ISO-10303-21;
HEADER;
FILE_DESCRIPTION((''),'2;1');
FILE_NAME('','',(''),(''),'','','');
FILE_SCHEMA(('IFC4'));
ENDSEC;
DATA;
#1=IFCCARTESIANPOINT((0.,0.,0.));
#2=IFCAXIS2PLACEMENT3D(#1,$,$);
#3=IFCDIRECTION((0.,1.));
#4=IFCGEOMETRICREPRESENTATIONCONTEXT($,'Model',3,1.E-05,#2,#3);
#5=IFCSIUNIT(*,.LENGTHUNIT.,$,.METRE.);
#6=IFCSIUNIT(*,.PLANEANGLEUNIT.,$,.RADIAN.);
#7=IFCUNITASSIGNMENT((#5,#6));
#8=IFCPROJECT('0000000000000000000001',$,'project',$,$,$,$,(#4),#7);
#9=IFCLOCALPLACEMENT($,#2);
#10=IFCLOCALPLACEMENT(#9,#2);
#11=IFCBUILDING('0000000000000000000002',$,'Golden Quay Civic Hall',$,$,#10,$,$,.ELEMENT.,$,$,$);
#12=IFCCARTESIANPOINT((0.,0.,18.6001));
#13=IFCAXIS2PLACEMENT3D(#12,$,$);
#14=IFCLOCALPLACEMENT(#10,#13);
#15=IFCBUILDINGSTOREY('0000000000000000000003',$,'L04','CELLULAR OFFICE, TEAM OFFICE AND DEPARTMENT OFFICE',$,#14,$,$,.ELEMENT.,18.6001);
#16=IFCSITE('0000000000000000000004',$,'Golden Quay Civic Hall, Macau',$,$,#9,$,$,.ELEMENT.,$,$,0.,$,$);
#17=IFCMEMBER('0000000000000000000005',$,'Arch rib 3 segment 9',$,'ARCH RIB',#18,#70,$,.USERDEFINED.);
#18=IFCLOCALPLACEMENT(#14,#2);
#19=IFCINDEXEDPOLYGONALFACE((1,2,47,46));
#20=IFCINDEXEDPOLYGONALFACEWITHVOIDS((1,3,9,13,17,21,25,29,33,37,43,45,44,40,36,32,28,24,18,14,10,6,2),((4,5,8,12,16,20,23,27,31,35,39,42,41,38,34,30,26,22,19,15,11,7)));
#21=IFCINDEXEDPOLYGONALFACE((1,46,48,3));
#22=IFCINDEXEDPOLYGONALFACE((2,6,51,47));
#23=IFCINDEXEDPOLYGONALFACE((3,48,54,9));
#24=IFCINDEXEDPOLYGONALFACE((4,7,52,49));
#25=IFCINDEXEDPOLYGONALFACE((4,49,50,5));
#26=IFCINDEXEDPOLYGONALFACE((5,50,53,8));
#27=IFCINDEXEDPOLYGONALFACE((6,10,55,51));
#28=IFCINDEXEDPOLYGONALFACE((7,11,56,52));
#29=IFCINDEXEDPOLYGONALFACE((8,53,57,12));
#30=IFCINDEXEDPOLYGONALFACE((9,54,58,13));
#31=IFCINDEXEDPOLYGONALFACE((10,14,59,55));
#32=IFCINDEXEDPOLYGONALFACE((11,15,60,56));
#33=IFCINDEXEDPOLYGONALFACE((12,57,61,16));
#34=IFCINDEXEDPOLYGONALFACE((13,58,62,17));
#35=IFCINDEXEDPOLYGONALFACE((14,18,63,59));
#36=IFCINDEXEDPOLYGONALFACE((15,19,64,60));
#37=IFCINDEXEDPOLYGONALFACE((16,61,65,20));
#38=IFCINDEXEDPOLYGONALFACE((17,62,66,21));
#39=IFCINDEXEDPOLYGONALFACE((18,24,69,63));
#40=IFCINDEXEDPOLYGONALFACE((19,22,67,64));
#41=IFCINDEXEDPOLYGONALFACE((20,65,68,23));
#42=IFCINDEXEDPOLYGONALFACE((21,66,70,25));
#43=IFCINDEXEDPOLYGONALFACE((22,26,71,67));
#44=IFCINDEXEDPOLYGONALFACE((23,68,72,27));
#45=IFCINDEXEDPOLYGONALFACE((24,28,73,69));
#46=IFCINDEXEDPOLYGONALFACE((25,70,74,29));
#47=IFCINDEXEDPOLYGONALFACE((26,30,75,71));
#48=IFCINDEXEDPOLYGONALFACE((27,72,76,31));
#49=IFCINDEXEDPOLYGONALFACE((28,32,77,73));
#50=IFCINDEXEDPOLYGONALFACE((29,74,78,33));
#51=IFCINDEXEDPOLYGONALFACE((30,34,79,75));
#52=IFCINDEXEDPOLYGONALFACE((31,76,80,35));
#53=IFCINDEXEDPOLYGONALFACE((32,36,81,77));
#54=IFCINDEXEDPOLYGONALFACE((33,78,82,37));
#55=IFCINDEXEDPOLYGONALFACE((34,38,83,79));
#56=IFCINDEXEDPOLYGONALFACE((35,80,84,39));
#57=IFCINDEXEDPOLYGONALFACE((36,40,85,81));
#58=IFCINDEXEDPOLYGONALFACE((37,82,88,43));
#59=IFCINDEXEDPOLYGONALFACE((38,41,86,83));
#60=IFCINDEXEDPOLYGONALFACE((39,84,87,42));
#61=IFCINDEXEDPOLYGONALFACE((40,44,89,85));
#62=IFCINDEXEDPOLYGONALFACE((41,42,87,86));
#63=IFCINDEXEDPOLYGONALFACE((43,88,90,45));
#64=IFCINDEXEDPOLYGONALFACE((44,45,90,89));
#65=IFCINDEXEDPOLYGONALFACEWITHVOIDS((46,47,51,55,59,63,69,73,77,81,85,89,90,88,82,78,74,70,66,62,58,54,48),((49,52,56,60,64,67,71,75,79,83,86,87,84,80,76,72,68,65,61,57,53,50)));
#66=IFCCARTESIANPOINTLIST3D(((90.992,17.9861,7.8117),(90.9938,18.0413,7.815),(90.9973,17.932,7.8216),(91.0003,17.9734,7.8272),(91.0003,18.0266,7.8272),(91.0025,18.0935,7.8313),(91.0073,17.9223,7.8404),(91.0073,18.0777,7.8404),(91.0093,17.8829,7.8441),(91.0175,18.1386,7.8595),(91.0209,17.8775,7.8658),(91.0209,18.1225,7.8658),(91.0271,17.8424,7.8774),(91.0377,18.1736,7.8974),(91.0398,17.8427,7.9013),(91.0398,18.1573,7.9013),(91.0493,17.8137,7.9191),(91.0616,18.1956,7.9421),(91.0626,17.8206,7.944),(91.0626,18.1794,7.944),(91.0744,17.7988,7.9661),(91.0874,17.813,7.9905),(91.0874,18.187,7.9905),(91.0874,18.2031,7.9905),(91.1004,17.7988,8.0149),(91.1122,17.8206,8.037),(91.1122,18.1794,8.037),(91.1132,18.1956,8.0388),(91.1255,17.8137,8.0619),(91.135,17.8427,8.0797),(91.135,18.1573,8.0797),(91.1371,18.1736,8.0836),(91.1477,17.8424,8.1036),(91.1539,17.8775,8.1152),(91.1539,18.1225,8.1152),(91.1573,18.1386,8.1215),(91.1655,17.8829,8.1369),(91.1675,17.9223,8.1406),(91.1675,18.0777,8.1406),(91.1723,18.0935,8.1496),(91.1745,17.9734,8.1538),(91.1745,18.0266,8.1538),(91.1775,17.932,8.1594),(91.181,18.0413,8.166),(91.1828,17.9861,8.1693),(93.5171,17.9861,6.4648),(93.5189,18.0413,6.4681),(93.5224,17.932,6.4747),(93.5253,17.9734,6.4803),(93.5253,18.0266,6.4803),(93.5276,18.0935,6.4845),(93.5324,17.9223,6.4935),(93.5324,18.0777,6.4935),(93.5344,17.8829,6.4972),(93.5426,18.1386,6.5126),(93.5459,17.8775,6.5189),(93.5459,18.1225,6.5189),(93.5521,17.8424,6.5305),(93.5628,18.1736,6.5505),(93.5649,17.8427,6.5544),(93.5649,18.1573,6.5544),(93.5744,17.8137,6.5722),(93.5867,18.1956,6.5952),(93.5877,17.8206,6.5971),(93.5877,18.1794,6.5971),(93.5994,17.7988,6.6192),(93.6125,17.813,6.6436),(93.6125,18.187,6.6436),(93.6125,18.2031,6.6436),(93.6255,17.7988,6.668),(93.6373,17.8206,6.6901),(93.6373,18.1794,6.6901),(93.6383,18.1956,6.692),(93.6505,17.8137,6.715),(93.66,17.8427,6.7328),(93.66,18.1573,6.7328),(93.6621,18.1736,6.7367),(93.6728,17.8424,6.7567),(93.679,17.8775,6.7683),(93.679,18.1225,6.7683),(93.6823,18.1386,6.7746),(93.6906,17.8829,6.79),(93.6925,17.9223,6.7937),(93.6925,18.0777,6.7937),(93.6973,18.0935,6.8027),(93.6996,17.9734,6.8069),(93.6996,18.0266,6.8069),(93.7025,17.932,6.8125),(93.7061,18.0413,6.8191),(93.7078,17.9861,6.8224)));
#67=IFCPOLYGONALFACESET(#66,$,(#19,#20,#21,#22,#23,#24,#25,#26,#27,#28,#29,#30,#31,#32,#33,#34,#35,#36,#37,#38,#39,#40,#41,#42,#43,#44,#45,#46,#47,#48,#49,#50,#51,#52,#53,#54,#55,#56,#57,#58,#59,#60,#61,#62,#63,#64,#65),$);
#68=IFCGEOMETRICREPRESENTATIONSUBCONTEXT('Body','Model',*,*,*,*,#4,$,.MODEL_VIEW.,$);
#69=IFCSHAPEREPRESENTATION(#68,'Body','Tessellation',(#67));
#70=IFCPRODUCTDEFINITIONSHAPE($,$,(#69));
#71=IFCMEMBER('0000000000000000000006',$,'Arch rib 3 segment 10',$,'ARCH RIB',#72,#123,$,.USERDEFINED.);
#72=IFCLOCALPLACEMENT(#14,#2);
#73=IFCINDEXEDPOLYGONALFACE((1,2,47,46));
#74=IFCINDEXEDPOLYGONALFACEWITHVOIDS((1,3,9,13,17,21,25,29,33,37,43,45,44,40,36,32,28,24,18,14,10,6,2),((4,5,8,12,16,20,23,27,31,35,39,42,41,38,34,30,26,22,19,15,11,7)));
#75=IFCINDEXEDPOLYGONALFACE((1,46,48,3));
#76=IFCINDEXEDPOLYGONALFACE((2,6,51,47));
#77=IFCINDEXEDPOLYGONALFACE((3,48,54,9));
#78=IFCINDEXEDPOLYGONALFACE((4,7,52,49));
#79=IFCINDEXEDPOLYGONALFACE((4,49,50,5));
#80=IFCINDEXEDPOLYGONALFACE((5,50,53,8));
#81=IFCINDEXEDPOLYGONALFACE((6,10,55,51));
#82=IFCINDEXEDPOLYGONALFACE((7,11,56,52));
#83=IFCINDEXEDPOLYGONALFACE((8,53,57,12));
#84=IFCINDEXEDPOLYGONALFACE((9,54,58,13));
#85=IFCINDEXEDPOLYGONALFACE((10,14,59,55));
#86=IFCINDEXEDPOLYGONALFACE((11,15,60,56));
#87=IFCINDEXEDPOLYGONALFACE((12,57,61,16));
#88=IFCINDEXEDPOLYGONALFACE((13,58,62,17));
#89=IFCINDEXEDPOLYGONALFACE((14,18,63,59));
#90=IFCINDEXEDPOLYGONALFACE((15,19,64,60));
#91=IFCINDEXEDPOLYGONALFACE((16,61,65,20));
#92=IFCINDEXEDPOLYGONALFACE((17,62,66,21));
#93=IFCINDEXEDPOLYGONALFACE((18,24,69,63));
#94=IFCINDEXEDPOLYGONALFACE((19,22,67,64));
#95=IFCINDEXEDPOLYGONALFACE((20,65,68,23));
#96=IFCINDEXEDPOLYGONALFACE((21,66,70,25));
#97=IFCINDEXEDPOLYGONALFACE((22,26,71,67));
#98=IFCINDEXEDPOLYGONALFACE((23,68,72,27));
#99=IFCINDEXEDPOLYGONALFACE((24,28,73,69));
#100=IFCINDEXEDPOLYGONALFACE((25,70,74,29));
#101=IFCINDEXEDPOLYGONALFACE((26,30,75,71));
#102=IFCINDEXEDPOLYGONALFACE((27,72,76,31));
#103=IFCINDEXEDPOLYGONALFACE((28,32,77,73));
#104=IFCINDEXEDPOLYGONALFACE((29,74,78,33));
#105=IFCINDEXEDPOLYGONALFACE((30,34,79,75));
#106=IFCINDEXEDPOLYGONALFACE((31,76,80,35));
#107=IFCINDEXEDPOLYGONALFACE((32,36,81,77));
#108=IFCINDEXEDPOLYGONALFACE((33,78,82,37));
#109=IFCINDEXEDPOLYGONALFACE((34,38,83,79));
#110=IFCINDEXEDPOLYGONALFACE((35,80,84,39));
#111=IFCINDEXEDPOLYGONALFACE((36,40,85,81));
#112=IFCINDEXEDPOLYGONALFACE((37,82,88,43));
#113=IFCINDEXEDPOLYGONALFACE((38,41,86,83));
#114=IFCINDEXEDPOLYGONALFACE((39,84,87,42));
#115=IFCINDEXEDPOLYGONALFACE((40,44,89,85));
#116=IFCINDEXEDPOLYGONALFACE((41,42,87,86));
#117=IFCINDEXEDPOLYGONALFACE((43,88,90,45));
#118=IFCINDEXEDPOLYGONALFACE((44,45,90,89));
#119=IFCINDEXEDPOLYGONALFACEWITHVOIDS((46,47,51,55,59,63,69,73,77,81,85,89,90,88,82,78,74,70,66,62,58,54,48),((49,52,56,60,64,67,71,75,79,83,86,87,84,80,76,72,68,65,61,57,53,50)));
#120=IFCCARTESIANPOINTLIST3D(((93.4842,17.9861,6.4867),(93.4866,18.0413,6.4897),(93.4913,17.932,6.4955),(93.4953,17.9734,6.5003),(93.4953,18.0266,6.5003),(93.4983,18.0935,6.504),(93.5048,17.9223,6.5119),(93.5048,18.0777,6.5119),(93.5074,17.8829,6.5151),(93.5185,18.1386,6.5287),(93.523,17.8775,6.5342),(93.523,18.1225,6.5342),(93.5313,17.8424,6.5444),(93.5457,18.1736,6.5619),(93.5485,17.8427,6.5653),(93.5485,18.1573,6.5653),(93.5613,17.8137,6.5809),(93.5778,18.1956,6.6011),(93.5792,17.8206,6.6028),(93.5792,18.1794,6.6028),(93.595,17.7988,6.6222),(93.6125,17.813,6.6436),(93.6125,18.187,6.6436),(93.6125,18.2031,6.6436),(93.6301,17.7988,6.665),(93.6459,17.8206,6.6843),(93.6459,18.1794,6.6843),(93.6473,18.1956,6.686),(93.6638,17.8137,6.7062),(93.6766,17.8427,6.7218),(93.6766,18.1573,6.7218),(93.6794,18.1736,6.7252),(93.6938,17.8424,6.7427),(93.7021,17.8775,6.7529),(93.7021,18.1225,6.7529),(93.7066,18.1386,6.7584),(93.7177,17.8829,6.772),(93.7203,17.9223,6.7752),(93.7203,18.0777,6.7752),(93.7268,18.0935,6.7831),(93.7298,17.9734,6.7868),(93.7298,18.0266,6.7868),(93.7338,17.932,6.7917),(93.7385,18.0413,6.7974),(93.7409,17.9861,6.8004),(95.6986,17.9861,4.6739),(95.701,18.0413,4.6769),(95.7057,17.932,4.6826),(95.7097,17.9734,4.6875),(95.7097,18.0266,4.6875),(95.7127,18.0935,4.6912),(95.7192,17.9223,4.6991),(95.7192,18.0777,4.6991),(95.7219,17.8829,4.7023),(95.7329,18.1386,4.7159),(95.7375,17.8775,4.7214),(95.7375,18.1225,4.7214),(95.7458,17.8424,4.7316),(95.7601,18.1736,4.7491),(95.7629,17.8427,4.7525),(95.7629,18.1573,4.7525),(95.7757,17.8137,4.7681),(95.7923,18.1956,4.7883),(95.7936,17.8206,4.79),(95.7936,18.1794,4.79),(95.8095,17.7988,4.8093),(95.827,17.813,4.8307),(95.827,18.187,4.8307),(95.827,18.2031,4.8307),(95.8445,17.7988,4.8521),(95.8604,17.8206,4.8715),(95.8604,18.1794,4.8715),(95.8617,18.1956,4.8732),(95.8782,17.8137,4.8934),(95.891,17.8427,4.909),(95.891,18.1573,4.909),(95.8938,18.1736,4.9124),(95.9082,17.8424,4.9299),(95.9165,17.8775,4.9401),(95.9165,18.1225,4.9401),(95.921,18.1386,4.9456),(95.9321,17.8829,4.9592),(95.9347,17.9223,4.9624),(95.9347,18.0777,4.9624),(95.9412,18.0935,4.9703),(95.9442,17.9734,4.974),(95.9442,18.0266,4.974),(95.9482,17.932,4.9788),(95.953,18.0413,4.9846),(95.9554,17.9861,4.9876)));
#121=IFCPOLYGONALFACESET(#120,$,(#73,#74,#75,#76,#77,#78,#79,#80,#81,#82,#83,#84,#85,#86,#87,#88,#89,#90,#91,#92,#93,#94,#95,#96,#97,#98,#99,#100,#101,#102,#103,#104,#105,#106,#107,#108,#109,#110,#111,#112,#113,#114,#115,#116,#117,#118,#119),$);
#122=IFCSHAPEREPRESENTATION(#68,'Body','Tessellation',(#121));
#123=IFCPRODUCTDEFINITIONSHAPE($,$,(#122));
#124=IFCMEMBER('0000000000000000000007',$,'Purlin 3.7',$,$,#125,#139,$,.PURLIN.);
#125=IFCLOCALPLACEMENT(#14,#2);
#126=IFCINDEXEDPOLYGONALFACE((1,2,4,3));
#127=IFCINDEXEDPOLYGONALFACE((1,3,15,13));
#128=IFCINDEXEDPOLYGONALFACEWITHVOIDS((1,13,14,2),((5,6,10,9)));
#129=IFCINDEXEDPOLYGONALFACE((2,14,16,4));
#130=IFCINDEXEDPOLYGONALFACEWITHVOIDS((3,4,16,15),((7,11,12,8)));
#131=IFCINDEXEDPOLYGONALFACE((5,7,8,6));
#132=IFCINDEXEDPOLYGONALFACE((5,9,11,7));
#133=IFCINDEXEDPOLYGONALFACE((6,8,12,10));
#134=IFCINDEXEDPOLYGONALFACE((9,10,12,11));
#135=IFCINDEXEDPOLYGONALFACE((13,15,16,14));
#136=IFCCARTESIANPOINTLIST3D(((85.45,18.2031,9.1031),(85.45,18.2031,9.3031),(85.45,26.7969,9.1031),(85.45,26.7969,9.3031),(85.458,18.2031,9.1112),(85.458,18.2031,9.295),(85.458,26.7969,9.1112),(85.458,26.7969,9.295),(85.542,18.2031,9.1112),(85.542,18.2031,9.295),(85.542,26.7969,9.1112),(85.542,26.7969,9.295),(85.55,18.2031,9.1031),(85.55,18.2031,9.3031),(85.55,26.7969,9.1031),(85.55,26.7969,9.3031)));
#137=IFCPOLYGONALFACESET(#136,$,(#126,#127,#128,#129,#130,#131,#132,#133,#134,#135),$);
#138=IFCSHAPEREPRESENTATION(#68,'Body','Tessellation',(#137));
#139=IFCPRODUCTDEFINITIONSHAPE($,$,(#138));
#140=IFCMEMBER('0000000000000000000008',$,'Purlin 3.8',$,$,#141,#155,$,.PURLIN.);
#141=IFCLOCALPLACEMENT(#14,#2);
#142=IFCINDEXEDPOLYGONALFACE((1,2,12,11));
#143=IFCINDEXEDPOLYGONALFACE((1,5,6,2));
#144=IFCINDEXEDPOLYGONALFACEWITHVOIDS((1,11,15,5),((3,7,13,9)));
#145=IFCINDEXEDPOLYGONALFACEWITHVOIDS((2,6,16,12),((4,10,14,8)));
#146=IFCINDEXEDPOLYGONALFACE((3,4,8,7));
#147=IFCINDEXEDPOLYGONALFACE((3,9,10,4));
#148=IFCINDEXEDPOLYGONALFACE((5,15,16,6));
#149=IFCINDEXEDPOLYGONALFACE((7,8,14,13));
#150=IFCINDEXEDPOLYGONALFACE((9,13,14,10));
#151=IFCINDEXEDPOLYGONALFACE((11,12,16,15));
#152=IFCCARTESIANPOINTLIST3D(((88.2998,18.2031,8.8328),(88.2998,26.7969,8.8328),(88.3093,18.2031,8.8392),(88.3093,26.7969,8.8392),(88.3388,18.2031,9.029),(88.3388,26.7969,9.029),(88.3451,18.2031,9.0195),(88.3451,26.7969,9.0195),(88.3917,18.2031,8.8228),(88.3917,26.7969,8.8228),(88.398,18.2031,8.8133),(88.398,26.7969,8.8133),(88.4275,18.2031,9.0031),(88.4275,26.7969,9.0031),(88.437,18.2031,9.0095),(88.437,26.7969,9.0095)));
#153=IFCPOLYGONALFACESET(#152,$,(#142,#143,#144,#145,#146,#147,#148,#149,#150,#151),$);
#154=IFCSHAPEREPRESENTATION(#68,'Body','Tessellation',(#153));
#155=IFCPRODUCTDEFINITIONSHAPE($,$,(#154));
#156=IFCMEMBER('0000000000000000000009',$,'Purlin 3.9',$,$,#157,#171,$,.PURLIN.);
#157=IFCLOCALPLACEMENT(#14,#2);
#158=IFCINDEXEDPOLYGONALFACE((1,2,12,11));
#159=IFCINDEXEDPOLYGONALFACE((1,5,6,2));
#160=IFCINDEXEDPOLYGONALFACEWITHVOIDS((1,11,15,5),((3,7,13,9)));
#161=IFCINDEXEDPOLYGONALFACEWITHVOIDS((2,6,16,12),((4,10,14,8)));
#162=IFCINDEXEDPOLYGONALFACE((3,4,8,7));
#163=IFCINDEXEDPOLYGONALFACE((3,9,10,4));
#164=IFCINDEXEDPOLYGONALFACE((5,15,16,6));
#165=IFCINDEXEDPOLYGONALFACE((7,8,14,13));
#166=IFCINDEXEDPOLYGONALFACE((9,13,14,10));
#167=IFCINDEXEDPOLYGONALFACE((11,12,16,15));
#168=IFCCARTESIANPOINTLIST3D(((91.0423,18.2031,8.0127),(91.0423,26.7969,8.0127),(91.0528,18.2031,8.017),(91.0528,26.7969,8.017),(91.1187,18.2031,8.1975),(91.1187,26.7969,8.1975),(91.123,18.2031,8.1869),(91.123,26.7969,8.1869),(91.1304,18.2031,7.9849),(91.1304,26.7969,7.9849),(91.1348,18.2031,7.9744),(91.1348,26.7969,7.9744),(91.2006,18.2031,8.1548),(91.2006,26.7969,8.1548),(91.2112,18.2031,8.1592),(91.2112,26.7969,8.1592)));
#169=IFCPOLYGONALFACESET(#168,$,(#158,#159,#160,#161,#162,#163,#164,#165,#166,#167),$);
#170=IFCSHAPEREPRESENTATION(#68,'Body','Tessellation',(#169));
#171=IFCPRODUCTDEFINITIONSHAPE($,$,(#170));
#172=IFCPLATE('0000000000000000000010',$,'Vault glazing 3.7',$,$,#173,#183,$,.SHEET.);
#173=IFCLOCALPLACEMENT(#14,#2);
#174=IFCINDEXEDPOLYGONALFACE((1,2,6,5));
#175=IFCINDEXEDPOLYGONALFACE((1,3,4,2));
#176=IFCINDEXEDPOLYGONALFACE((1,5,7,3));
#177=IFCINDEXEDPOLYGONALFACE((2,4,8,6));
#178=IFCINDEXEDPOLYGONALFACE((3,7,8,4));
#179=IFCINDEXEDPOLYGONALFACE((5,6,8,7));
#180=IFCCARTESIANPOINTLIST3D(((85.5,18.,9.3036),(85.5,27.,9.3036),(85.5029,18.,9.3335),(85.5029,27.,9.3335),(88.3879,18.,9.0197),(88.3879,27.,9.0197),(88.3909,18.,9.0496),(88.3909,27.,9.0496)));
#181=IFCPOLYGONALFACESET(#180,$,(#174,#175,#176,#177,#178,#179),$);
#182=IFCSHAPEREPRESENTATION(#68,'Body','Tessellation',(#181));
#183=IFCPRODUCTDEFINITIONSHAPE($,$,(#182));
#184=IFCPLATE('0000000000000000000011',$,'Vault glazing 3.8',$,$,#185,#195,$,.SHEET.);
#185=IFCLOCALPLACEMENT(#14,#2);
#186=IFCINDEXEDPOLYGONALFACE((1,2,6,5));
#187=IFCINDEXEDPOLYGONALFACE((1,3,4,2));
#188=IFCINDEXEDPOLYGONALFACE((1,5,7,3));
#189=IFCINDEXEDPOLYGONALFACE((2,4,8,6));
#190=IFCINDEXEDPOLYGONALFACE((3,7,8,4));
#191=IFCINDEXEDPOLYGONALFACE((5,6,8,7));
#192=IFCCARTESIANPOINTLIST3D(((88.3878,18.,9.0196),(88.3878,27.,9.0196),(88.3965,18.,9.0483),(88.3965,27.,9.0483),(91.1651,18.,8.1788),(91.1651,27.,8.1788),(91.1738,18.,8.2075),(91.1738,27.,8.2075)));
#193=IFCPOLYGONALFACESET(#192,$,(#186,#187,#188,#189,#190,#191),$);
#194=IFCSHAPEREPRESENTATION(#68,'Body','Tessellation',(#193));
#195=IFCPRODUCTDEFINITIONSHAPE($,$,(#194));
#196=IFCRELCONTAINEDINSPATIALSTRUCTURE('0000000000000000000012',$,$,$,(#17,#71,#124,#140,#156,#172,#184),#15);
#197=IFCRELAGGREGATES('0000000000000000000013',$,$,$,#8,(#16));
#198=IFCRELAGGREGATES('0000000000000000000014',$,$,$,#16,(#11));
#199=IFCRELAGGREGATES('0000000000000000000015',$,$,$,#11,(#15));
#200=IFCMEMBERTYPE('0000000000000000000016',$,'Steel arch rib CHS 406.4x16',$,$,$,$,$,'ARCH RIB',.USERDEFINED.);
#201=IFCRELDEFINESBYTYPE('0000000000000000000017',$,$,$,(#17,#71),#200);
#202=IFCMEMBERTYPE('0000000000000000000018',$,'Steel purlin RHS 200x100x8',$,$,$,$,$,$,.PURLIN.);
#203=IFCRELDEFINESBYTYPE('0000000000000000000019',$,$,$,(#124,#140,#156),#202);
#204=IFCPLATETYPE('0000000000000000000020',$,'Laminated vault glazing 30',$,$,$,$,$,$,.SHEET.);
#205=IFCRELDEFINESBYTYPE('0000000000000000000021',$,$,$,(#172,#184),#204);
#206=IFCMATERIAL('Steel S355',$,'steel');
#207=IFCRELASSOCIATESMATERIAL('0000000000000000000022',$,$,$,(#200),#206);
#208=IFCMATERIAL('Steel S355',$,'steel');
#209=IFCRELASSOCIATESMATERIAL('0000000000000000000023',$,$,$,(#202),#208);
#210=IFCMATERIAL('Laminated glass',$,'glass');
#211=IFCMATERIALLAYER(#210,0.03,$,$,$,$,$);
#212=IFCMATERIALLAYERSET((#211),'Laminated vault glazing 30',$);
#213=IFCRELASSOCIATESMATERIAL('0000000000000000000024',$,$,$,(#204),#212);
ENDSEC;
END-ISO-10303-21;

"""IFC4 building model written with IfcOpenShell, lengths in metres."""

from ifc_helpers import new_model, si_unit, direction, frame, origin, origin_2d, place, context, subcontext, project, spatial, polyline, hollow_rectangle, hollow_circle, outline, extrude, material, layer, layer_set, material_profile, profile_set, type_object, element, save


model = new_model("IFC4")

# Units and contexts
model_context = context("Model", 3, precision=1e-05, world=origin(), true_north=direction((0.0, 1.0)))
body_context = subcontext(model_context, "Body", "Model", "MODEL_VIEW")
ifc_project = project(units=[si_unit("LENGTHUNIT", "METRE"), si_unit("PLANEANGLEUNIT", "RADIAN")], contexts=[model_context])

# Site, building, storey
site_placement = place(None, origin())
site = spatial("IfcSite", under=ifc_project, at=site_placement, Name="Golden Quay Civic Hall, Macau", CompositionType="ELEMENT", RefElevation=0.0)
building_placement = place(site_placement, origin())
building = spatial("IfcBuilding", under=site, at=building_placement, Name="Golden Quay Civic Hall", CompositionType="ELEMENT")
storey_placement = place(building_placement, frame((0.0, 0.0, 18.6001)))
storey = spatial("IfcBuildingStorey", under=building, at=storey_placement, Name="L04", Description="CELLULAR OFFICE, TEAM OFFICE AND DEPARTMENT OFFICE", CompositionType="ELEMENT", Elevation=18.6001)

# Members
ifc_material_1 = material(Name="Steel S355", Category="steel")
ifc_material_profile_1 = material_profile(ifc_material_1, hollow_circle(Radius=0.2031, WallThickness=0.0161, at=origin_2d()), Name="CHS 406.4x16")
ifc_profile_set_1 = profile_set([ifc_material_profile_1], Name="Steel S355")
member_type_1 = type_object("IfcMemberType", Name="Steel arch rib CHS 406.4x16", ElementType="ARCH RIB", PredefinedType="USERDEFINED", material=ifc_profile_set_1)
for number, where, z_axis, x_axis, name in (
    (1, (91.0874, 18.0, 7.9905), (0.882327, 0.0, -0.470637), (0.0, 1.0, 0.0), "Arch rib 3 segment 9"),
    (2, (93.6125, 18.0, 6.6436), (0.773786, 0.0, -0.633447), (0.0, 1.0, 0.0), "Arch rib 3 segment 10"),
):
    element("IfcMember", number, at=place(storey_placement, frame(where, z_axis=z_axis, x_axis=x_axis)), inside=storey, type_object=member_type_1, Name=name, ObjectType="ARCH RIB", PredefinedType="USERDEFINED", context=body_context, shape_type="SweptSolid", body=[
        extrude(hollow_circle(Radius=0.2031, WallThickness=0.0161, at=origin_2d()), origin(), (0.0, 0.0, 1.0), 2.8618),
    ])
ifc_material_2 = material(Name="Steel S355", Category="steel")
ifc_material_profile_2 = material_profile(ifc_material_2, hollow_rectangle(XDim=0.1001, YDim=0.2, WallThickness=0.0081, at=origin_2d()), Name="RHS 200x100x8")
ifc_profile_set_2 = profile_set([ifc_material_profile_2], Name="Steel S355")
member_type_2 = type_object("IfcMemberType", Name="Steel purlin RHS 200x100x8", PredefinedType="PURLIN", material=ifc_profile_set_2)
for number, where, z_axis, x_axis, name in (
    (3, (85.5, 18.2031, 9.2031), (0.0, 1.0, 0.0), (-1.0, 0.0, 0.0), "Purlin 3.7"),
    (4, (88.3684, 18.2031, 8.9211), (0.0, 1.0, 0.0), (-0.980853, 0.0, 0.194748), "Purlin 3.8"),
    (5, (91.1267, 18.2031, 8.0859), (0.0, 1.0, 0.0), (-0.924146, 0.0, 0.382039), "Purlin 3.9"),
):
    element("IfcMember", number, at=place(storey_placement, frame(where, z_axis=z_axis, x_axis=x_axis)), inside=storey, type_object=member_type_2, Name=name, PredefinedType="PURLIN", context=body_context, shape_type="SweptSolid", body=[
        extrude(hollow_rectangle(XDim=0.1001, YDim=0.2, WallThickness=0.0081, at=origin_2d()), origin(), (0.0, 0.0, 1.0), 8.5938),
    ])

# Plates
ifc_material_3 = material(Name="Laminated glass", Category="glass")
ifc_layer = layer(ifc_material_3, 0.03)
ifc_layer_set = layer_set([ifc_layer], Name="Laminated vault glazing 30")
plate_type = type_object("IfcPlateType", Name="Laminated vault glazing 30", PredefinedType="SHEET", material=ifc_layer_set)
plate_1_placement = place(storey_placement, frame((85.5029, 18.0, 9.3335), z_axis=(0.097846, 0.0, 0.995202), x_axis=(0.995202, 0.0, -0.097846)))
element("IfcPlate", 6, at=plate_1_placement, inside=storey, type_object=plate_type, Name="Vault glazing 3.7", PredefinedType="SHEET", context=body_context, shape_type="SweptSolid", body=[
    extrude(outline(polyline([(0.0, 0.0), (2.9019, 0.0), (2.9019, 9.0), (0.0, 9.0), (0.0, 0.0)])), origin(), (0.0, 0.0, -1.0), 0.03),
])
plate_2_placement = place(storey_placement, frame((88.3965, 18.0, 9.0483), z_axis=(0.289755, 0.0, 0.957101), x_axis=(0.957101, 0.0, -0.289755)))
element("IfcPlate", 7, at=plate_2_placement, inside=storey, type_object=plate_type, Name="Vault glazing 3.8", PredefinedType="SHEET", context=body_context, shape_type="SweptSolid", body=[
    extrude(outline(polyline([(0.0, 0.0), (2.9018, 0.0), (2.9018, 9.0), (0.0, 9.0), (0.0, 0.0)])), origin(), (0.0, 0.0, -1.0), 0.03),
])

save(model, "model.ifc")
